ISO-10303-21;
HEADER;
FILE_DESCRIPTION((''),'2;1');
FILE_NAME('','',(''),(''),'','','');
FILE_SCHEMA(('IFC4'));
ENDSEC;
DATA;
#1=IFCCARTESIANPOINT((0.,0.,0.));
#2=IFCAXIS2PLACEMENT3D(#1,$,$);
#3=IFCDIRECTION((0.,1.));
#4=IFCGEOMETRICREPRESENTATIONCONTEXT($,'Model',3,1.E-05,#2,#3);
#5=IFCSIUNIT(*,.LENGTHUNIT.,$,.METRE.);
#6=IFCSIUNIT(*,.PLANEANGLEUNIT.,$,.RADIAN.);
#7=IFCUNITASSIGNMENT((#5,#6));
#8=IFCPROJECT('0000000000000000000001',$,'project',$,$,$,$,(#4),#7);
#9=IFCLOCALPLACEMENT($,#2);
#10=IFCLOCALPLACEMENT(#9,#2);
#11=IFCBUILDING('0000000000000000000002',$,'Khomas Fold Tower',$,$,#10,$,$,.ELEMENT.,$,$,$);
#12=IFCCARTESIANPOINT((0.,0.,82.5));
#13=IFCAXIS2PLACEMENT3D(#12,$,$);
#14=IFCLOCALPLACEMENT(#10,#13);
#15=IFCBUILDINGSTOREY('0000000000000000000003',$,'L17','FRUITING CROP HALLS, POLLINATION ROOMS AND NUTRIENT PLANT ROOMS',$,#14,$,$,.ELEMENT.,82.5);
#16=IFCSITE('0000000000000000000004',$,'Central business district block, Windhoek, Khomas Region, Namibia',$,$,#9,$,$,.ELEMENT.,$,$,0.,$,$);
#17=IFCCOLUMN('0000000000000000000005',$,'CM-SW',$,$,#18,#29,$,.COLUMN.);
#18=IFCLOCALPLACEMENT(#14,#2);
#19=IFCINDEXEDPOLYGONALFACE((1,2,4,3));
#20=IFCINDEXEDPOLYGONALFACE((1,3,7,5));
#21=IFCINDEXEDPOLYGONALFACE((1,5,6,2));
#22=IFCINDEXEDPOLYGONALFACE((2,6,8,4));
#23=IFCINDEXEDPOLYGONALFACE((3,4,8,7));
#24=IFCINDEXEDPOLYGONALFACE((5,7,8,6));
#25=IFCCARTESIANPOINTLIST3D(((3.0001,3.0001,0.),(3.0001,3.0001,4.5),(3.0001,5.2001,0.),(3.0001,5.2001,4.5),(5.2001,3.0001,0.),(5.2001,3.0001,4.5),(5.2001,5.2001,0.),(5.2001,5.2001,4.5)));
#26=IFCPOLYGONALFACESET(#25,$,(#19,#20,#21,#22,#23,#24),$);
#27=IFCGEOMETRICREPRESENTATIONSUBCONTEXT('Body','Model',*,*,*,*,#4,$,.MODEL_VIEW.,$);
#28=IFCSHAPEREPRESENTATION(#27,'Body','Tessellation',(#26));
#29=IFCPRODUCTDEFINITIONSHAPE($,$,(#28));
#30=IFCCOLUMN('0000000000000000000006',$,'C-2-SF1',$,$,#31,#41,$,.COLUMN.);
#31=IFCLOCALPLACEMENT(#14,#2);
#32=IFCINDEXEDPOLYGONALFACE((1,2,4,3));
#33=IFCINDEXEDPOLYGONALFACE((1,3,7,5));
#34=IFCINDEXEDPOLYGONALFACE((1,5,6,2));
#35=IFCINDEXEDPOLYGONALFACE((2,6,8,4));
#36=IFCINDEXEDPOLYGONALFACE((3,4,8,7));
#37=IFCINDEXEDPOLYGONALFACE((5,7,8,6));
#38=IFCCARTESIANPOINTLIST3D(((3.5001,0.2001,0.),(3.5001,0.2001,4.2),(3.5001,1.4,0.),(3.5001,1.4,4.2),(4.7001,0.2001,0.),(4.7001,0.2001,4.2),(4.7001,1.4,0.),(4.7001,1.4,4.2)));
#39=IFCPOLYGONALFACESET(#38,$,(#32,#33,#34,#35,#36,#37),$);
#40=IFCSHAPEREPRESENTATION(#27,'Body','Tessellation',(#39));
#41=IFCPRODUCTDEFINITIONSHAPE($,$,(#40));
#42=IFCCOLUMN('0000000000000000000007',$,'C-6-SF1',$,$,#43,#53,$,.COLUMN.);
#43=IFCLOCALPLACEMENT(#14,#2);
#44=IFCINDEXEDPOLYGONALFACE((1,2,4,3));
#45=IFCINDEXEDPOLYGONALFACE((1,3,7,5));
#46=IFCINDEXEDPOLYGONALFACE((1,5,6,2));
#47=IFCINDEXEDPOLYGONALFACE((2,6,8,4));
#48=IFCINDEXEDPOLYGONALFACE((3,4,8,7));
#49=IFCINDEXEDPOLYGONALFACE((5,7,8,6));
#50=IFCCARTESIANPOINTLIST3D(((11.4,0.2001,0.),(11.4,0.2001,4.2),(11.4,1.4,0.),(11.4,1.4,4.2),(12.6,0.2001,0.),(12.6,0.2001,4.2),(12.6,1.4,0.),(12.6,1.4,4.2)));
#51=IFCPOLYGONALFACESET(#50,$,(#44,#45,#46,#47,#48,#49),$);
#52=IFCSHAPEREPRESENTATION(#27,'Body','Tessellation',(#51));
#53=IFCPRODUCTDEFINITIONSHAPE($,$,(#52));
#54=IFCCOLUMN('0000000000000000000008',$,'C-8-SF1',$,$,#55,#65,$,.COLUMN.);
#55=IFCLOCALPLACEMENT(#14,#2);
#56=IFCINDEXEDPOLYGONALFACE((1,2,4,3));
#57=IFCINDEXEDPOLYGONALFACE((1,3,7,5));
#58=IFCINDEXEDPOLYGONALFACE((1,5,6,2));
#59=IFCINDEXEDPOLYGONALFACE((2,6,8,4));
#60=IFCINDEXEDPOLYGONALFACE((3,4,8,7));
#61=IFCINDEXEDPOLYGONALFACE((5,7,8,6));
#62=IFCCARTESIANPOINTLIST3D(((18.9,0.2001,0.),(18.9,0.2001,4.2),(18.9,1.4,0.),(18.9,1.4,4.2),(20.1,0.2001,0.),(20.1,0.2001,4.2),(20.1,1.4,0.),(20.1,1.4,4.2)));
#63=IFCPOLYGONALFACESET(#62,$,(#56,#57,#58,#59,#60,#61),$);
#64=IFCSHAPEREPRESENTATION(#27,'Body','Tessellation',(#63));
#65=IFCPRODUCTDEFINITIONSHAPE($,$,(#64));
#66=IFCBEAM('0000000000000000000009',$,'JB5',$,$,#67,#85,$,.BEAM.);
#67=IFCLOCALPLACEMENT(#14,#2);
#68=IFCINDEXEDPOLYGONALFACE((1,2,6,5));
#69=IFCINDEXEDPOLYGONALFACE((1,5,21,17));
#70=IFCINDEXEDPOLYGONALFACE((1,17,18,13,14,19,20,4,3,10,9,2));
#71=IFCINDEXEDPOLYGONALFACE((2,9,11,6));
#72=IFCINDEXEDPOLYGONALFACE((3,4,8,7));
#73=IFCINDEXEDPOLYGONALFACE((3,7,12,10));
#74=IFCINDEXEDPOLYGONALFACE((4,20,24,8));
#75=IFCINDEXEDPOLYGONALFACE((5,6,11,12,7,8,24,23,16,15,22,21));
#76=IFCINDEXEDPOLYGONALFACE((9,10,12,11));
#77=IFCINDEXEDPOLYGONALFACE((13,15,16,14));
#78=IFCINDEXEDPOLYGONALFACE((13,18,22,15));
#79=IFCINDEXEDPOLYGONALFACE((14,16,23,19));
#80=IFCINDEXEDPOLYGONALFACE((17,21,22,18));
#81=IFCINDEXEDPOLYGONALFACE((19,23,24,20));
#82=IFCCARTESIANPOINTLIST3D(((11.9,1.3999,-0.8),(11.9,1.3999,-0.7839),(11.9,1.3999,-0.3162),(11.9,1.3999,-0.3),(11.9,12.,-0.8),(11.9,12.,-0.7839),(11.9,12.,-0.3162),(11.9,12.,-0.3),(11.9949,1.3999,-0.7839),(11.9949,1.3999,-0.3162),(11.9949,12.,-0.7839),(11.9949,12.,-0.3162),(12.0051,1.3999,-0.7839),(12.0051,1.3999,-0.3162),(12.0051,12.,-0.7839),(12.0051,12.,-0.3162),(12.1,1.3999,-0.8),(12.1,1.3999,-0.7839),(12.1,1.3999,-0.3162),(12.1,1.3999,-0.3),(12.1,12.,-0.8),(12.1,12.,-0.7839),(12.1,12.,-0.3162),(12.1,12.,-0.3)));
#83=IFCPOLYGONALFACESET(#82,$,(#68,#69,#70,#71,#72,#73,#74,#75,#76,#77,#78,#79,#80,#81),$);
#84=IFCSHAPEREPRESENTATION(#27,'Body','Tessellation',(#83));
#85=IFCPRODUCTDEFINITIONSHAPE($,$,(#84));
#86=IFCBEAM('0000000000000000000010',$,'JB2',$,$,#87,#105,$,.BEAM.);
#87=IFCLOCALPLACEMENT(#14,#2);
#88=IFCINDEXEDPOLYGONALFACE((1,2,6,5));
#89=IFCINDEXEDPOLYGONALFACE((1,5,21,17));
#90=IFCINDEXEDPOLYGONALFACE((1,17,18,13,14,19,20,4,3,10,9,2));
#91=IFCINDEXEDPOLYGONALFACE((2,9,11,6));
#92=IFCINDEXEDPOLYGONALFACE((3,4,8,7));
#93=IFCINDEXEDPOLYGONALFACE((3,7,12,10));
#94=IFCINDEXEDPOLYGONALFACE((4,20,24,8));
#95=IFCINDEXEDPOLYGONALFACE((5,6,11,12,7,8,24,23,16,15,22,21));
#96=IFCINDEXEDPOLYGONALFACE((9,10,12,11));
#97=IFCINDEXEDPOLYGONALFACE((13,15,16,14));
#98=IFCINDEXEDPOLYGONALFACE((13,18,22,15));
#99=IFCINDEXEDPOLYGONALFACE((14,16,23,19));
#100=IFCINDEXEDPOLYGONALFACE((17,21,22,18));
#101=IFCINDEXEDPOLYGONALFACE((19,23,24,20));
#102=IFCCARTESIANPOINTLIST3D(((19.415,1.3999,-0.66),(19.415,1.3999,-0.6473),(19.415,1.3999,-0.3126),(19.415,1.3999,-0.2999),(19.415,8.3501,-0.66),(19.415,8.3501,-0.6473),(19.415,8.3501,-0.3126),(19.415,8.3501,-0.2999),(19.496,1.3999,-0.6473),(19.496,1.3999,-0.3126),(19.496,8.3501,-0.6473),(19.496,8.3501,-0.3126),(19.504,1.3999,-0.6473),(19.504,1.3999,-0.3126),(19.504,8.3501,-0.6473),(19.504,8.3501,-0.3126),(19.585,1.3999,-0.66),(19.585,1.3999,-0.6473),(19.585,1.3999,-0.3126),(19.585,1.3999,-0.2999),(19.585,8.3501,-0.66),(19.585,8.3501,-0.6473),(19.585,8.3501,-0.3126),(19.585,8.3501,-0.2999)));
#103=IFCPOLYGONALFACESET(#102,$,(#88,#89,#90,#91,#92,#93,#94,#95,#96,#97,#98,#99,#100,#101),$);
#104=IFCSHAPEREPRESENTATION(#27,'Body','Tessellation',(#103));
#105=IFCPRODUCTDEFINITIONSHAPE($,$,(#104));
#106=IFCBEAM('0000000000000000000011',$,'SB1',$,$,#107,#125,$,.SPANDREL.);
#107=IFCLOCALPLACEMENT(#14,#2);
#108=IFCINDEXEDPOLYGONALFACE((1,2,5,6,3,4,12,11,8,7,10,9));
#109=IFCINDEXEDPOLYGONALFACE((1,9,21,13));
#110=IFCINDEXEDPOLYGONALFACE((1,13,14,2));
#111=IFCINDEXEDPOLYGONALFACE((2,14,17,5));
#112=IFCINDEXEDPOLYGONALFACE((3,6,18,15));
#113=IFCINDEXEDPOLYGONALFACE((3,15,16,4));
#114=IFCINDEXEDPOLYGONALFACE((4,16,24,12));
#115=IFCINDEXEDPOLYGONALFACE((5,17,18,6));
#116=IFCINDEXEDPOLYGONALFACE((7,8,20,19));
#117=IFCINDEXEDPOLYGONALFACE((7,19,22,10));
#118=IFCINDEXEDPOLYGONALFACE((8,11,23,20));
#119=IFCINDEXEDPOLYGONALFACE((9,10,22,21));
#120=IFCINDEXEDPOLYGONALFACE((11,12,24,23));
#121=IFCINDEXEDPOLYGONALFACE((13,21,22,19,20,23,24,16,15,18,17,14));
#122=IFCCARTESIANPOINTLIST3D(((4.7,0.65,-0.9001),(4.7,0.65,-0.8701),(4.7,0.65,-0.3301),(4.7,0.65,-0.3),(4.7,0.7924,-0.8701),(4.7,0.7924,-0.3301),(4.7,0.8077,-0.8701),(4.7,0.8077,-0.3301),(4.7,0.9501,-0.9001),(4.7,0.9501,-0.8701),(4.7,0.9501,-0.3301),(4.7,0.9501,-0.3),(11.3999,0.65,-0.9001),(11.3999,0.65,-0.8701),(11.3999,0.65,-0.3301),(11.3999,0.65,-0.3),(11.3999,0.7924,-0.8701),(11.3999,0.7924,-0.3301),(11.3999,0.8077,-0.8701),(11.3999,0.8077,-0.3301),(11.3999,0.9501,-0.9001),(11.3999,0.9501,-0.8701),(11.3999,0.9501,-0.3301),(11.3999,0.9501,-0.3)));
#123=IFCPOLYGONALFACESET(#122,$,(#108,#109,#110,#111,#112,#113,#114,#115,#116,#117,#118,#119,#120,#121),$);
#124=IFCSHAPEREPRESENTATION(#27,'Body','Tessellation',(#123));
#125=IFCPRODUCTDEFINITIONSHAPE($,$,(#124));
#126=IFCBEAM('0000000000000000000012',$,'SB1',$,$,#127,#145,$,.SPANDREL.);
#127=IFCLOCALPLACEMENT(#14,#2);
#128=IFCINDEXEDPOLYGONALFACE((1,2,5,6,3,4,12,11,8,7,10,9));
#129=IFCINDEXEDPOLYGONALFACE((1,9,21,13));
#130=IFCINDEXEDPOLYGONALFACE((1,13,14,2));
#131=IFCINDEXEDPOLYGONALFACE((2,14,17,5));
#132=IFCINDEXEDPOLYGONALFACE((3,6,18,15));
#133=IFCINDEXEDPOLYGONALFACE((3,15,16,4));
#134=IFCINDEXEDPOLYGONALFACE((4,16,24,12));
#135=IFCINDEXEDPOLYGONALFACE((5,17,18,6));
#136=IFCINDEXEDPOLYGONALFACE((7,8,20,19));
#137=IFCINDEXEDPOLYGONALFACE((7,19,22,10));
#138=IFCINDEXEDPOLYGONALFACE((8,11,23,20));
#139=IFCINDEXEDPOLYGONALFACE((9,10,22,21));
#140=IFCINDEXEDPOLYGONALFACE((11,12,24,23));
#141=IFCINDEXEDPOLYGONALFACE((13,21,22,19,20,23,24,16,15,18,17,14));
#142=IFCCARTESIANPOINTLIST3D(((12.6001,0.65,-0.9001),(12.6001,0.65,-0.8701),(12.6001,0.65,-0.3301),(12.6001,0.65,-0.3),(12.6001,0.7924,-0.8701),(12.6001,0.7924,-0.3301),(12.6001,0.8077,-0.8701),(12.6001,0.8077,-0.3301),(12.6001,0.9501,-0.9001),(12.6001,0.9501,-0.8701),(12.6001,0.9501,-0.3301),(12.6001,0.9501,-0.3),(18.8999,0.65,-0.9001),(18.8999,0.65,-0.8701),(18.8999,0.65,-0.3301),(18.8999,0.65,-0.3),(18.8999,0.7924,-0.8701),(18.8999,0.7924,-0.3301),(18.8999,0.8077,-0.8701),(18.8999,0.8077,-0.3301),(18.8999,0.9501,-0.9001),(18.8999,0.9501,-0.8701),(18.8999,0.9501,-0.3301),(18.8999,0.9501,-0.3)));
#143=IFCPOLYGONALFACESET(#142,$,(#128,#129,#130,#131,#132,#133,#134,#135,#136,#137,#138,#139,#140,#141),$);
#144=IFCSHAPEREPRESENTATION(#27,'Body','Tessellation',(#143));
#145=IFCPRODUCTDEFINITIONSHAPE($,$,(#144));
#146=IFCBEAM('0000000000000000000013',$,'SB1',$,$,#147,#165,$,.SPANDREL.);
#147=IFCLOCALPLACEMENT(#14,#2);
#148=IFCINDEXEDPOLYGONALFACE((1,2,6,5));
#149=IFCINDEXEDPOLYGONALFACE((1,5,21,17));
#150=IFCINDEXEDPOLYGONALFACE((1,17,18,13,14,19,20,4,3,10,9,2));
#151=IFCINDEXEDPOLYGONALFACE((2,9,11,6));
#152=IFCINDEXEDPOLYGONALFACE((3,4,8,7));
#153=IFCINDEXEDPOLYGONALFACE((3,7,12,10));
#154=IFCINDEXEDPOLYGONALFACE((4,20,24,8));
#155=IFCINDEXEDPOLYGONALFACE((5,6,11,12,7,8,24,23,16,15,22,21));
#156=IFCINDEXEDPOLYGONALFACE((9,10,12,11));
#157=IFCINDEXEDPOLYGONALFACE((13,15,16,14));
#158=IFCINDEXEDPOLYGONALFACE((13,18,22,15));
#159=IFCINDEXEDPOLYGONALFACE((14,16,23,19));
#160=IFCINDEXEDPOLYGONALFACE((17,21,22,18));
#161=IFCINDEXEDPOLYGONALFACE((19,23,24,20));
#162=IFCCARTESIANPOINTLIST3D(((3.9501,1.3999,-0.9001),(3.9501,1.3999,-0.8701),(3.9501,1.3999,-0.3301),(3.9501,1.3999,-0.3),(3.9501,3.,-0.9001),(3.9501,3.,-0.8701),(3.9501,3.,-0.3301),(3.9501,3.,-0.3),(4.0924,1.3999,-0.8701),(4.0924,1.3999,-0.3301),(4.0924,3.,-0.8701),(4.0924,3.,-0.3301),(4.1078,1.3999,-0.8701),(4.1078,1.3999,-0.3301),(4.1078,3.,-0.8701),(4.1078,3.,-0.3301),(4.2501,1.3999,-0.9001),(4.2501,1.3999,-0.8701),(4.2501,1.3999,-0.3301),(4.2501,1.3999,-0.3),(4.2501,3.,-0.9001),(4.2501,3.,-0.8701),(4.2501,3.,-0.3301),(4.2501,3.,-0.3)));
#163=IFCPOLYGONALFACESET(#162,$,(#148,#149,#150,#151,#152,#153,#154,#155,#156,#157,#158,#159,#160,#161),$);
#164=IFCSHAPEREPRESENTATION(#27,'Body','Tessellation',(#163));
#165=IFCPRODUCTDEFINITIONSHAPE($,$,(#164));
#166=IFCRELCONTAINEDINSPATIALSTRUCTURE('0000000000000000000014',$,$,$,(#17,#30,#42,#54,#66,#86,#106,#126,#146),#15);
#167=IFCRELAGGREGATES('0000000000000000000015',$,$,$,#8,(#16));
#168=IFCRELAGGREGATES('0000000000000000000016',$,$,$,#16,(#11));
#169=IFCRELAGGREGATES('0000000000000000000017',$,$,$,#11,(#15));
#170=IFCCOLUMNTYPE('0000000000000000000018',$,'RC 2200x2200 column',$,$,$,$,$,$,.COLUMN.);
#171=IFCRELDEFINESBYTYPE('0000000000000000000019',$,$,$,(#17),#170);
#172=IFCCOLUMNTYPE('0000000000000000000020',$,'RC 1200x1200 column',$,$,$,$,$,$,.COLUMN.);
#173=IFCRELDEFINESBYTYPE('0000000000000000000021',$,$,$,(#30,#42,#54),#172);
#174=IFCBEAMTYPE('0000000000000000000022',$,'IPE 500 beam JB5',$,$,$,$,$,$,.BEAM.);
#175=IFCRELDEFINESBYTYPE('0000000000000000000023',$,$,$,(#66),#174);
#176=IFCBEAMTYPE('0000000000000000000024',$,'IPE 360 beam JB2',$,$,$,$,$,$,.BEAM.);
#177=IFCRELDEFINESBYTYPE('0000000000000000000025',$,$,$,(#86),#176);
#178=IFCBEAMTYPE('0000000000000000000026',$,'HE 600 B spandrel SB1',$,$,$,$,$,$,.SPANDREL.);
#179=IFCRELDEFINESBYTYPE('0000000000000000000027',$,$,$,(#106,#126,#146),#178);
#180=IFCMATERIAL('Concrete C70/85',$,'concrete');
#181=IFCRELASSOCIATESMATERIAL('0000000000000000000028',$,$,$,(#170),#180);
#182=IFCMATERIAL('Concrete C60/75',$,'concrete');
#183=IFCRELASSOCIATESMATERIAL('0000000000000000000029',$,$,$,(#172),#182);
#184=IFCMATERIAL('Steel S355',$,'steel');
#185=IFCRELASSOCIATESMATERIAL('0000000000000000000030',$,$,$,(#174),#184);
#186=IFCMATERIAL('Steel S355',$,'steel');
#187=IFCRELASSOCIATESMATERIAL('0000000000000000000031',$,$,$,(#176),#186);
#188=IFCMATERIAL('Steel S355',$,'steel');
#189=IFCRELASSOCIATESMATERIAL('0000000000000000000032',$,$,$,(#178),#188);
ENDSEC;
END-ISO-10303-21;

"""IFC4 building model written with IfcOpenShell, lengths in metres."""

from ifc_helpers import new_model, si_unit, direction, frame, origin, origin_2d, place, context, subcontext, project, spatial, rectangle, i_section, extrude, source, transform, mapped, material, material_profile, profile_set, type_object, element, save


model = new_model("IFC4")

# Units and contexts
model_context = context("Model", 3, precision=1e-05, world=origin(), true_north=direction((0.0, 1.0)))
body_context = subcontext(model_context, "Body", "Model", "MODEL_VIEW")
ifc_project = project(units=[si_unit("LENGTHUNIT", "METRE"), si_unit("PLANEANGLEUNIT", "RADIAN")], contexts=[model_context])

# Site, building, storey
site_placement = place(None, origin())
site = spatial("IfcSite", under=ifc_project, at=site_placement, Name="Central business district block, Windhoek, Khomas Region, Namibia", CompositionType="ELEMENT", RefElevation=0.0)
building_placement = place(site_placement, origin())
building = spatial("IfcBuilding", under=site, at=building_placement, Name="Khomas Fold Tower", CompositionType="ELEMENT")
storey_placement = place(building_placement, frame((0.0, 0.0, 82.5)))
storey = spatial("IfcBuildingStorey", under=building, at=storey_placement, Name="L17", Description="FRUITING CROP HALLS, POLLINATION ROOMS AND NUTRIENT PLANT ROOMS", CompositionType="ELEMENT", Elevation=82.5)

# Columns
ifc_material_1 = material(Name="Concrete C70/85", Category="concrete")
ifc_material_profile_1 = material_profile(ifc_material_1, rectangle(XDim=2.2, YDim=2.2, at=origin_2d()), Name="RC 2200x2200")
ifc_profile_set_1 = profile_set([ifc_material_profile_1], Name="Concrete C70/85")
column_type_1 = type_object("IfcColumnType", Name="RC 2200x2200 column", PredefinedType="COLUMN", material=ifc_profile_set_1)
shared_shape_1 = source(origin(), body_context, "Body", "SweptSolid", [
    extrude(rectangle(XDim=2.2, YDim=2.2, at=origin_2d()), origin(), (0.0, 0.0, 1.0), 4.5),
])
column_placement = place(storey_placement, frame((4.1001, 4.1001, 0.0), z_axis=(0.0, 0.0, 1.0), x_axis=(1.0, 0.0, 0.0)))
element("IfcColumn", 1, at=column_placement, inside=storey, type_object=column_type_1, Name="CM-SW", PredefinedType="COLUMN", context=body_context, shape_type="MappedRepresentation", body=[
    mapped(shared_shape_1, transform((0.0, 0.0, 0.0))),
])
ifc_material_2 = material(Name="Concrete C60/75", Category="concrete")
ifc_material_profile_2 = material_profile(ifc_material_2, rectangle(XDim=1.2, YDim=1.2, at=origin_2d()), Name="RC 1200x1200")
ifc_profile_set_2 = profile_set([ifc_material_profile_2], Name="Concrete C60/75")
column_type_2 = type_object("IfcColumnType", Name="RC 1200x1200 column", PredefinedType="COLUMN", material=ifc_profile_set_2)
shared_shape_2 = source(origin(), body_context, "Body", "SweptSolid", [
    extrude(rectangle(XDim=1.2, YDim=1.2, at=origin_2d()), origin(), (0.0, 0.0, 1.0), 4.2),
])
for number, where, z_axis, x_axis, name in (
    (2, (4.1001, 0.8, 0.0), (0.0, 0.0, 1.0), (1.0, 0.0, 0.0), "C-2-SF1"),
    (3, (12.0, 0.8, 0.0), (0.0, 0.0, 1.0), (1.0, 0.0, 0.0), "C-6-SF1"),
    (4, (19.5, 0.8, 0.0), (0.0, 0.0, 1.0), (1.0, 0.0, 0.0), "C-8-SF1"),
):
    element("IfcColumn", number, at=place(storey_placement, frame(where, z_axis=z_axis, x_axis=x_axis)), inside=storey, type_object=column_type_2, Name=name, PredefinedType="COLUMN", context=body_context, shape_type="MappedRepresentation", body=[
        mapped(shared_shape_2, transform((0.0, 0.0, 0.0))),
    ])

# Beams
ifc_material_3 = material(Name="Steel S355", Category="steel")
ifc_material_profile_3 = material_profile(ifc_material_3, i_section(OverallWidth=0.2, OverallDepth=0.5, WebThickness=0.0103, FlangeThickness=0.0161, at=origin_2d()), Name="IPE 500")
ifc_profile_set_3 = profile_set([ifc_material_profile_3], Name="Steel S355")
beam_type_1 = type_object("IfcBeamType", Name="IPE 500 beam JB5", PredefinedType="BEAM", material=ifc_profile_set_3)
shared_shape_3 = source(origin(), body_context, "Body", "SweptSolid", [
    extrude(i_section(OverallWidth=0.2, OverallDepth=0.5, WebThickness=0.0103, FlangeThickness=0.0161, at=origin_2d()), origin(), (0.0, 0.0, 1.0), 10.6001),
])
beam_1_placement = place(storey_placement, frame((12.0, 1.3999, -0.55), z_axis=(0.0, 1.0, 0.0), x_axis=(-1.0, 0.0, 0.0)))
element("IfcBeam", 5, at=beam_1_placement, inside=storey, type_object=beam_type_1, Name="JB5", PredefinedType="BEAM", context=body_context, shape_type="MappedRepresentation", body=[
    mapped(shared_shape_3, transform((0.0, 0.0, 0.0))),
])
ifc_material_4 = material(Name="Steel S355", Category="steel")
ifc_material_profile_4 = material_profile(ifc_material_4, i_section(OverallWidth=0.1699, OverallDepth=0.3601, WebThickness=0.0081, FlangeThickness=0.0127, at=origin_2d()), Name="IPE 360")
ifc_profile_set_4 = profile_set([ifc_material_profile_4], Name="Steel S355")
beam_type_2 = type_object("IfcBeamType", Name="IPE 360 beam JB2", PredefinedType="BEAM", material=ifc_profile_set_4)
shared_shape_4 = source(origin(), body_context, "Body", "SweptSolid", [
    extrude(i_section(OverallWidth=0.1699, OverallDepth=0.3601, WebThickness=0.0081, FlangeThickness=0.0127, at=origin_2d()), origin(), (0.0, 0.0, 1.0), 6.9502),
])
beam_2_placement = place(storey_placement, frame((19.5, 1.3999, -0.48), z_axis=(0.0, 1.0, 0.0), x_axis=(-1.0, 0.0, 0.0)))
element("IfcBeam", 6, at=beam_2_placement, inside=storey, type_object=beam_type_2, Name="JB2", PredefinedType="BEAM", context=body_context, shape_type="MappedRepresentation", body=[
    mapped(shared_shape_4, transform((0.0, 0.0, 0.0))),
])
ifc_material_5 = material(Name="Steel S355", Category="steel")
ifc_material_profile_5 = material_profile(ifc_material_5, i_section(OverallWidth=0.3, OverallDepth=0.6001, WebThickness=0.0154, FlangeThickness=0.03, at=origin_2d()), Name="HE 600 B")
ifc_profile_set_5 = profile_set([ifc_material_profile_5], Name="Steel S355")
beam_type_3 = type_object("IfcBeamType", Name="HE 600 B spandrel SB1", PredefinedType="SPANDREL", material=ifc_profile_set_5)
shared_shape_5 = source(origin(), body_context, "Body", "SweptSolid", [
    extrude(i_section(OverallWidth=0.3, OverallDepth=0.6001, WebThickness=0.0154, FlangeThickness=0.03, at=origin_2d()), origin(), (0.0, 0.0, 1.0), 6.7),
])
beam_3_placement = place(storey_placement, frame((4.7, 0.8, -0.6001), z_axis=(1.0, 0.0, 0.0), x_axis=(0.0, 1.0, 0.0)))
element("IfcBeam", 7, at=beam_3_placement, inside=storey, type_object=beam_type_3, Name="SB1", PredefinedType="SPANDREL", context=body_context, shape_type="MappedRepresentation", body=[
    mapped(shared_shape_5, transform((0.0, 0.0, 0.0))),
])
shared_shape_6 = source(origin(), body_context, "Body", "SweptSolid", [
    extrude(i_section(OverallWidth=0.3, OverallDepth=0.6001, WebThickness=0.0154, FlangeThickness=0.03, at=origin_2d()), origin(), (0.0, 0.0, 1.0), 6.2998),
])
beam_4_placement = place(storey_placement, frame((12.6001, 0.8, -0.6001), z_axis=(1.0, 0.0, 0.0), x_axis=(0.0, 1.0, 0.0)))
element("IfcBeam", 8, at=beam_4_placement, inside=storey, type_object=beam_type_3, Name="SB1", PredefinedType="SPANDREL", context=body_context, shape_type="MappedRepresentation", body=[
    mapped(shared_shape_6, transform((0.0, 0.0, 0.0))),
])
shared_shape_7 = source(origin(), body_context, "Body", "SweptSolid", [
    extrude(i_section(OverallWidth=0.3, OverallDepth=0.6001, WebThickness=0.0154, FlangeThickness=0.03, at=origin_2d()), origin(), (0.0, 0.0, 1.0), 1.6001),
])
beam_5_placement = place(storey_placement, frame((4.1001, 1.3999, -0.6001), z_axis=(0.0, 1.0, 0.0), x_axis=(-1.0, 0.0, 0.0)))
element("IfcBeam", 9, at=beam_5_placement, inside=storey, type_object=beam_type_3, Name="SB1", PredefinedType="SPANDREL", context=body_context, shape_type="MappedRepresentation", body=[
    mapped(shared_shape_7, transform((0.0, 0.0, 0.0))),
])

save(model, "model.ifc")
